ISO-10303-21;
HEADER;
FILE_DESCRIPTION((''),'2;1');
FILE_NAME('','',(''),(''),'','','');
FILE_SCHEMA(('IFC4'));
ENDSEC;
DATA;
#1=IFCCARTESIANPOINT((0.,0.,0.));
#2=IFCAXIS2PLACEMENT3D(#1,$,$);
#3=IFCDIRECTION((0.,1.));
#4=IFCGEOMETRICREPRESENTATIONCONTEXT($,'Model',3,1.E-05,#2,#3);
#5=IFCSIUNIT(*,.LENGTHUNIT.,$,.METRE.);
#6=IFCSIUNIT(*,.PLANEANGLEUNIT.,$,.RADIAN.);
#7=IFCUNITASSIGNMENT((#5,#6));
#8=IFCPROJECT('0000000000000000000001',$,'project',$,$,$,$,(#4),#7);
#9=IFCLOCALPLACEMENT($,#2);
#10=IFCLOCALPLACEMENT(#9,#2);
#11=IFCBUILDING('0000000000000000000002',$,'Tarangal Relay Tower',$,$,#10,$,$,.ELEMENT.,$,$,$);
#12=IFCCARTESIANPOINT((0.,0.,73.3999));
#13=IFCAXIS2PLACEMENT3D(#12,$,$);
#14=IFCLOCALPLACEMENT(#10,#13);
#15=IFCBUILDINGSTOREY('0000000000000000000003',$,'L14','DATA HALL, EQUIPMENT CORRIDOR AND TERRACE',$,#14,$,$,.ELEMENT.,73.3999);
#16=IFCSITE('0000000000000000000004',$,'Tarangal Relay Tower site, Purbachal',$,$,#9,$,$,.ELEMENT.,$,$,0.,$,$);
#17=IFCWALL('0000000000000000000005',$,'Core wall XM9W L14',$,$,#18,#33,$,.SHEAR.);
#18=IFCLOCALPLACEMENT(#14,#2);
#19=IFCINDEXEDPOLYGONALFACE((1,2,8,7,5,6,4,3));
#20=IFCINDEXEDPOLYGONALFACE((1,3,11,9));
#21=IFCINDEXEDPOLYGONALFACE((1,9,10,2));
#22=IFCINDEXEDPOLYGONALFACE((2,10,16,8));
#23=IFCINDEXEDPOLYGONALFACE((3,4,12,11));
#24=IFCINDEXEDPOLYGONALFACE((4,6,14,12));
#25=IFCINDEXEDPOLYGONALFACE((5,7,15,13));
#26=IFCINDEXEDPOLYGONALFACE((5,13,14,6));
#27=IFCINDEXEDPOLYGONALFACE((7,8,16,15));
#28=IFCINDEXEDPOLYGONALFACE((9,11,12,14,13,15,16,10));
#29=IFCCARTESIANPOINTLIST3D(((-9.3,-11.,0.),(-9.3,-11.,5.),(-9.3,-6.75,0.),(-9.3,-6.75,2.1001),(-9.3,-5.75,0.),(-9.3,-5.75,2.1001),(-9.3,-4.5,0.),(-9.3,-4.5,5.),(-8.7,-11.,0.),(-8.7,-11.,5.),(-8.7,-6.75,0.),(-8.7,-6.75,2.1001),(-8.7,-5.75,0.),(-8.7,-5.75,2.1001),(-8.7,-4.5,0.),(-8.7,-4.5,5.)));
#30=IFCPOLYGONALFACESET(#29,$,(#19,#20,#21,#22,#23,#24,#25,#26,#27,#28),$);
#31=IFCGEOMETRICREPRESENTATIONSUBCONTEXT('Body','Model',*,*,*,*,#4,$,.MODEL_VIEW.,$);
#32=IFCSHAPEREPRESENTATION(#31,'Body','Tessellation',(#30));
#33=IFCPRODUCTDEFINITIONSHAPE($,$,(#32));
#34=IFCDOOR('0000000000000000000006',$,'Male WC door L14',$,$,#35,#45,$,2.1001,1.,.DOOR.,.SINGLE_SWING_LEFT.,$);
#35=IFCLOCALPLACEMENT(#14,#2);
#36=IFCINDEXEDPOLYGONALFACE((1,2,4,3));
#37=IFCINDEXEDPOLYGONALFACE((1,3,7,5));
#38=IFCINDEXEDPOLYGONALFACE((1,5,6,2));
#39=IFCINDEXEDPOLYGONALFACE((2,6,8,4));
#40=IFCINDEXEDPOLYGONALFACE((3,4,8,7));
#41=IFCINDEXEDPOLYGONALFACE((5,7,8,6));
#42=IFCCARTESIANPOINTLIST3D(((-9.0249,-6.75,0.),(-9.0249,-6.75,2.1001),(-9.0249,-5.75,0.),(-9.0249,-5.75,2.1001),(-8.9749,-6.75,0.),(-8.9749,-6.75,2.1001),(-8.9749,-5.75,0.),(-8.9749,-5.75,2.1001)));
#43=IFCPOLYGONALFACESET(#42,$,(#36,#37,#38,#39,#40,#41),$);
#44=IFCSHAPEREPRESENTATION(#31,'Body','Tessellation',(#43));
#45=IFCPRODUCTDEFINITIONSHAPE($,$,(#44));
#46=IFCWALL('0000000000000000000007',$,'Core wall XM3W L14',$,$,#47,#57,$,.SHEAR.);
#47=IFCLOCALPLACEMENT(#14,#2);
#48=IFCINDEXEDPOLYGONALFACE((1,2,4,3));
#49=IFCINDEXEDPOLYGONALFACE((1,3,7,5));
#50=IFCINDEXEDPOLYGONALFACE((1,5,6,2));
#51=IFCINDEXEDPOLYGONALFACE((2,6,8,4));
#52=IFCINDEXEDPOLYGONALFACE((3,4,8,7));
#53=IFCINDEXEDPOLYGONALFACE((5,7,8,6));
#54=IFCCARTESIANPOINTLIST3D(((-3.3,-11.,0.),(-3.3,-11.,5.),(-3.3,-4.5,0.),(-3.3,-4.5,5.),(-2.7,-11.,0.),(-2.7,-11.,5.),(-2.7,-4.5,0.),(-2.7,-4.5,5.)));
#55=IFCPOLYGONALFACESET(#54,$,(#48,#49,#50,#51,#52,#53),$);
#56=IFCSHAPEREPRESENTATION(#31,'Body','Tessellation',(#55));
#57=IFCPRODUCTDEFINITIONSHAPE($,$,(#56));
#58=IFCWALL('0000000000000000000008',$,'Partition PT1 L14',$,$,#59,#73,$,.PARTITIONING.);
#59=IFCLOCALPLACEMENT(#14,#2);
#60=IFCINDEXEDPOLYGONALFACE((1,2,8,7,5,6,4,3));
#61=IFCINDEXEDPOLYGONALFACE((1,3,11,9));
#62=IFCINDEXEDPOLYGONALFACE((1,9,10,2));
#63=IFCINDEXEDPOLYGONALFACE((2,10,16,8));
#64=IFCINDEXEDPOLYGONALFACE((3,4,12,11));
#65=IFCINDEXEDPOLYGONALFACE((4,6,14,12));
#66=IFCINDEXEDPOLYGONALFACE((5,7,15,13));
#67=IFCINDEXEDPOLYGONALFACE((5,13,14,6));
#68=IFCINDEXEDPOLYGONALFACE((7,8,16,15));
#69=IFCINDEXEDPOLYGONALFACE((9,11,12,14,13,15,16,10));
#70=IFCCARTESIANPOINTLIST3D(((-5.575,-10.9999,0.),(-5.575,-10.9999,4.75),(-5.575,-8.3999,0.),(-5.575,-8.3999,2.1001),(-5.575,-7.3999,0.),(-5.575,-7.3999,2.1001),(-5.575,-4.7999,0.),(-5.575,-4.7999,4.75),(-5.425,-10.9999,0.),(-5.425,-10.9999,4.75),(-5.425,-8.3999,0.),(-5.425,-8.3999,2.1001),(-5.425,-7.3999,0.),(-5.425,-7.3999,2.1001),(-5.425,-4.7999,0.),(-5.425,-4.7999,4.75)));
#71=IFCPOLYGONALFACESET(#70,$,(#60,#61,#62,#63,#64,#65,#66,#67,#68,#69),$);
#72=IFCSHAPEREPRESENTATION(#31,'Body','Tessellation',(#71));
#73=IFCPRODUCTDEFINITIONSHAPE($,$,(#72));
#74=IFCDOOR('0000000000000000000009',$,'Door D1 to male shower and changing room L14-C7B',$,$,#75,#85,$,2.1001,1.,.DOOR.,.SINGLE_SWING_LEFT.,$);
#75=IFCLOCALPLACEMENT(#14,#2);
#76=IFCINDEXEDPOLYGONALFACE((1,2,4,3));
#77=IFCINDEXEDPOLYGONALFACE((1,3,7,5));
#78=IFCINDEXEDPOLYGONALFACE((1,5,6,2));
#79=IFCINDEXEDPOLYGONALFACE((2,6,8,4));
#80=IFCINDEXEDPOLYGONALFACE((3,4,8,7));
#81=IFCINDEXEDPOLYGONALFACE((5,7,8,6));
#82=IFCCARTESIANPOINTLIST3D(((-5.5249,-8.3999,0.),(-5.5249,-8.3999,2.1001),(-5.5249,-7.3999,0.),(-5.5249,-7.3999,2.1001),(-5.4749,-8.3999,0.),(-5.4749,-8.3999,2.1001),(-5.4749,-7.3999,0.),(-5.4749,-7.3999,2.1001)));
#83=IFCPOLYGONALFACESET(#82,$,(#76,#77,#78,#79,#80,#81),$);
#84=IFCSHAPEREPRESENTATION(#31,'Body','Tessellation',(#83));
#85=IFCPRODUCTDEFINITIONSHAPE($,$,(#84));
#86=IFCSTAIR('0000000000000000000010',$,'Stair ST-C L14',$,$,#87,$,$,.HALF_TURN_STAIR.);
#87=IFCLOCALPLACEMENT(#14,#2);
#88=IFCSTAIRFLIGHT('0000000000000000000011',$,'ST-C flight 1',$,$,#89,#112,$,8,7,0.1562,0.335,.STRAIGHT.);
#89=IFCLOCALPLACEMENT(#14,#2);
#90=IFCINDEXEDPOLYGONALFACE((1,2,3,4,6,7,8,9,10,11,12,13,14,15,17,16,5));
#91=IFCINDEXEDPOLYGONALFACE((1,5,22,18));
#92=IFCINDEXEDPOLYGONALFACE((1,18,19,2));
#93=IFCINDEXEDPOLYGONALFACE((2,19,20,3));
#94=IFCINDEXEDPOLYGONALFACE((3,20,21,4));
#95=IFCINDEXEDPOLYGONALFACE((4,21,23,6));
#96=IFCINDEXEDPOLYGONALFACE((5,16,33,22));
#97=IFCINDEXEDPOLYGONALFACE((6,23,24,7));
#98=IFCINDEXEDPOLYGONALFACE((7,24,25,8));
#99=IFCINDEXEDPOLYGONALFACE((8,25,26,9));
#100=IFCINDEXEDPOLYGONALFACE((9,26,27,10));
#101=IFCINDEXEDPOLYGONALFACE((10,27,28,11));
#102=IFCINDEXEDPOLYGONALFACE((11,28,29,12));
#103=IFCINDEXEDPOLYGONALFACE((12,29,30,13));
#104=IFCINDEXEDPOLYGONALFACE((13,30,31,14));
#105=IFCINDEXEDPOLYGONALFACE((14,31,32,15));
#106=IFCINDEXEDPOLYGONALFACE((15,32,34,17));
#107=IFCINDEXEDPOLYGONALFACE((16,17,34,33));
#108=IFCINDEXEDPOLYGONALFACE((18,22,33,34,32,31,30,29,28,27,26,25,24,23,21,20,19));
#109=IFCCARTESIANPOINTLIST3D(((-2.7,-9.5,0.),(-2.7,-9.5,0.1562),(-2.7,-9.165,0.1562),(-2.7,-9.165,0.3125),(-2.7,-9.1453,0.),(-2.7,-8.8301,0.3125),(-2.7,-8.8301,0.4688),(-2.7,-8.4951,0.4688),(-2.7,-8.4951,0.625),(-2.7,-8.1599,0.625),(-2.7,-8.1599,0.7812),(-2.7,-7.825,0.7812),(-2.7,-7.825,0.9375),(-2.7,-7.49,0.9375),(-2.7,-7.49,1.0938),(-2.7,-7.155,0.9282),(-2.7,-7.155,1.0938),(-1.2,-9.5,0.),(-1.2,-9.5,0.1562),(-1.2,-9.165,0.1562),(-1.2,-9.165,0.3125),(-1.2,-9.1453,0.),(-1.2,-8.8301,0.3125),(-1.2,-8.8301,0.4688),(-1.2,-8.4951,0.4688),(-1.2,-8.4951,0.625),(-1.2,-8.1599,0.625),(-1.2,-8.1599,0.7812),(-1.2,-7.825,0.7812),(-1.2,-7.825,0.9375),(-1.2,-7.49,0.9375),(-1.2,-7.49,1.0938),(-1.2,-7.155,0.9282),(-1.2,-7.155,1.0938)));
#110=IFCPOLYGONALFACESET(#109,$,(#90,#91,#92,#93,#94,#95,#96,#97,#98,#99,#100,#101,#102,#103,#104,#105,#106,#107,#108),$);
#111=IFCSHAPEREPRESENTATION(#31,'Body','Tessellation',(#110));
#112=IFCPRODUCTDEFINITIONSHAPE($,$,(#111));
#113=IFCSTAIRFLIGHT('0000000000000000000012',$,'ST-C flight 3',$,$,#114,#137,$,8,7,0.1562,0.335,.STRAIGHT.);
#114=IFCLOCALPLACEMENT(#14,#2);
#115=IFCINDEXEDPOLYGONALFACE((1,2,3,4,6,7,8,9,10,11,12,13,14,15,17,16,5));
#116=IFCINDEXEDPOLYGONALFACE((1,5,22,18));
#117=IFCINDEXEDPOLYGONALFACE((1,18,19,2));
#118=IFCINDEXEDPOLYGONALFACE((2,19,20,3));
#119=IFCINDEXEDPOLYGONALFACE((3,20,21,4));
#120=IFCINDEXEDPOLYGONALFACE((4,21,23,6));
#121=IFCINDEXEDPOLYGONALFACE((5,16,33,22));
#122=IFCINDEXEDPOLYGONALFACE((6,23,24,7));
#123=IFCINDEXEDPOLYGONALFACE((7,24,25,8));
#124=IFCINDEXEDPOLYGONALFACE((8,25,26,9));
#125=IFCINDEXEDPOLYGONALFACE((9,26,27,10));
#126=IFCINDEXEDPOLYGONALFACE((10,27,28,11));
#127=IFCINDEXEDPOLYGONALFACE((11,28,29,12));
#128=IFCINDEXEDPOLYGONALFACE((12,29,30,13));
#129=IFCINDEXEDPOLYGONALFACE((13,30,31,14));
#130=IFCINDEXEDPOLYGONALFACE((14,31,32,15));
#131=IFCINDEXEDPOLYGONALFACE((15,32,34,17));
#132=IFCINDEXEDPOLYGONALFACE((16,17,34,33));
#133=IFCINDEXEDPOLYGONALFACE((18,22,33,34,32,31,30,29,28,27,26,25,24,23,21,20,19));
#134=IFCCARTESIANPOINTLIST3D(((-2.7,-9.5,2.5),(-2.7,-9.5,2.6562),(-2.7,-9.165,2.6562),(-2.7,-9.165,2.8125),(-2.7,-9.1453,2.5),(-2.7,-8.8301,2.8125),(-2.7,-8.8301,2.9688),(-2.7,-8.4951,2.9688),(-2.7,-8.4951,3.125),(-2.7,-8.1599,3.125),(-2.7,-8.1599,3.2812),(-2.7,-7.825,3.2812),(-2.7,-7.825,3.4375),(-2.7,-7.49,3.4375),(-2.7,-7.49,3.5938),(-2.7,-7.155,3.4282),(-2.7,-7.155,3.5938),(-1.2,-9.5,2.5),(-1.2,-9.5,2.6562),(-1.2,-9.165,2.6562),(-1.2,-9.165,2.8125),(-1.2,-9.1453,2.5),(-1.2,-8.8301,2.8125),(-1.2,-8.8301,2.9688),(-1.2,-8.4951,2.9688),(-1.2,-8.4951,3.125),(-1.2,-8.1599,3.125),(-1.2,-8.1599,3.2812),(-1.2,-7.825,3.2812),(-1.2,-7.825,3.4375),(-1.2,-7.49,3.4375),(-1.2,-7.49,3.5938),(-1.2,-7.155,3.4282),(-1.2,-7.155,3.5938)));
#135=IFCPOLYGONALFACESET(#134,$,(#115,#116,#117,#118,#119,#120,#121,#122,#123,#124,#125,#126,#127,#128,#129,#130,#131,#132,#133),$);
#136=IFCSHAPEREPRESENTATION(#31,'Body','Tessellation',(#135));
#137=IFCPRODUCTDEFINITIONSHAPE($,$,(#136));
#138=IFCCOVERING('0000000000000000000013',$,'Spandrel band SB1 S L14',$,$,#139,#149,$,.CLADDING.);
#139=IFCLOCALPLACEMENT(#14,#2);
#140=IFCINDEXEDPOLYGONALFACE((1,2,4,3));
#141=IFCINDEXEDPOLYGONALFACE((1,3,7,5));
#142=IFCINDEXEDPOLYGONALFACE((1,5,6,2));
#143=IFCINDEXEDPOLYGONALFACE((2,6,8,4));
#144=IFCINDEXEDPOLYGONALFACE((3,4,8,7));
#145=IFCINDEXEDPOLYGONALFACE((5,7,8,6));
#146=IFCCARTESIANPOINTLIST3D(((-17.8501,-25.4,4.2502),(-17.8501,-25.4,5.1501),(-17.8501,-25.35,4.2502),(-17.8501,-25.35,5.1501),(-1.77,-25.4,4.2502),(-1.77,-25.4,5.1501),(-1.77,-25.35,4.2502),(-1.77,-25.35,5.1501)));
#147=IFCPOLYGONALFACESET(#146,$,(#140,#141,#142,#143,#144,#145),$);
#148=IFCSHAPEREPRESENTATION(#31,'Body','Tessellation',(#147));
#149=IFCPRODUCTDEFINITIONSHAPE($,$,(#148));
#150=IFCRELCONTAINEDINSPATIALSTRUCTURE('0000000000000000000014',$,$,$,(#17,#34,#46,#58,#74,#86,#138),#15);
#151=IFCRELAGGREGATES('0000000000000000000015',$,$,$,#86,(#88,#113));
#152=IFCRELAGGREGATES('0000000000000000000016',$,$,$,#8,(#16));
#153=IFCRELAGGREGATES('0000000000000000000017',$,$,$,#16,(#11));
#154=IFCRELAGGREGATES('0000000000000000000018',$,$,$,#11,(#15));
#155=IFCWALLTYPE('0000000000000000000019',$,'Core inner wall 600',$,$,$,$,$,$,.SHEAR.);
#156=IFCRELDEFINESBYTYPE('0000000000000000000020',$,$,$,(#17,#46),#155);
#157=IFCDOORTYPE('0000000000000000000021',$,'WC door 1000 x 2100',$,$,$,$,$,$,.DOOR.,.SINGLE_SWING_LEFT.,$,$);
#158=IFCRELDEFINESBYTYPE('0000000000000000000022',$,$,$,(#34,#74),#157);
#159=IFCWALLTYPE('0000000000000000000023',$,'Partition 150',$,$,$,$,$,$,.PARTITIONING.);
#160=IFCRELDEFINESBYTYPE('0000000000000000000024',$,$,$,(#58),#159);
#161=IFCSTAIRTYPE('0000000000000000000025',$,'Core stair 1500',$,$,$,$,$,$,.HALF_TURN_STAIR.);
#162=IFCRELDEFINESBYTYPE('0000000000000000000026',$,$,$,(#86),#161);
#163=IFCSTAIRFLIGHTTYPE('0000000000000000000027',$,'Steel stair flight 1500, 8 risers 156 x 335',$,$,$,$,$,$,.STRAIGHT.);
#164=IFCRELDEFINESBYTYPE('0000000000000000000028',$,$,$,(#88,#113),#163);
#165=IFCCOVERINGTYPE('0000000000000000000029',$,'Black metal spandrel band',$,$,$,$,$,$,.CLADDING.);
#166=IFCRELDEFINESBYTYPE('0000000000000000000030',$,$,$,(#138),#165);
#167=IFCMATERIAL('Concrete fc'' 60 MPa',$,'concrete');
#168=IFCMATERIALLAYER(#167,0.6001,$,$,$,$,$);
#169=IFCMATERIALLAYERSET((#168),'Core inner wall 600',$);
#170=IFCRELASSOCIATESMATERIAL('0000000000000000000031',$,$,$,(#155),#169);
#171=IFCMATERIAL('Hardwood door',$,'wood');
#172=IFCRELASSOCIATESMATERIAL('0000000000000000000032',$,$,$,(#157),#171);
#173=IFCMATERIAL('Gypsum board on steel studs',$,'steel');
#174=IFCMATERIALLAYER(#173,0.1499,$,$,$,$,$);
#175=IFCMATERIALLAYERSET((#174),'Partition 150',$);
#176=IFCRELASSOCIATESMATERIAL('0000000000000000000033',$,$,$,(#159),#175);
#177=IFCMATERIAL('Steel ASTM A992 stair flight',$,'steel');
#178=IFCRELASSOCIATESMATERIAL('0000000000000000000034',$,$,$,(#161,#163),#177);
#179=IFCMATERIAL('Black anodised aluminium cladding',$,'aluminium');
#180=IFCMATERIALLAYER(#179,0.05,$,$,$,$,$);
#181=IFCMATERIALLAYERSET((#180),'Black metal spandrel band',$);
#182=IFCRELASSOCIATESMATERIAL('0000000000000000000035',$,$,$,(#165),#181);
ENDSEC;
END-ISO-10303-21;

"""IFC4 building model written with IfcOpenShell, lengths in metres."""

from ifc_helpers import new_model, si_unit, direction, frame, frame_2d, origin, origin_2d, place, context, subcontext, project, spatial, polyline, rectangle, outline, extrude, material, layer, layer_set, type_object, element, fill, aggregate, save


model = new_model("IFC4")

# Units and contexts
model_context = context("Model", 3, precision=1e-05, world=origin(), true_north=direction((0.0, 1.0)))
body_context = subcontext(model_context, "Body", "Model", "MODEL_VIEW")
ifc_project = project(units=[si_unit("LENGTHUNIT", "METRE"), si_unit("PLANEANGLEUNIT", "RADIAN")], contexts=[model_context])

# Site, building, storey
site_placement = place(None, origin())
site = spatial("IfcSite", under=ifc_project, at=site_placement, Name="Tarangal Relay Tower site, Purbachal", CompositionType="ELEMENT", RefElevation=0.0)
building_placement = place(site_placement, origin())
building = spatial("IfcBuilding", under=site, at=building_placement, Name="Tarangal Relay Tower", CompositionType="ELEMENT")
storey_placement = place(building_placement, frame((0.0, 0.0, 73.3999)))
storey = spatial("IfcBuildingStorey", under=building, at=storey_placement, Name="L14", Description="DATA HALL, EQUIPMENT CORRIDOR AND TERRACE", CompositionType="ELEMENT", Elevation=73.3999)

# Shared definitions
ifc_material_1 = material(Name="Concrete fc' 60 MPa", Category="concrete")
ifc_layer_1 = layer(ifc_material_1, 0.6001)
ifc_layer_set_1 = layer_set([ifc_layer_1], Name="Core inner wall 600")
wall_type_1 = type_object("IfcWallType", Name="Core inner wall 600", PredefinedType="SHEAR", material=ifc_layer_set_1)

# Shared definitions
ifc_material_2 = material(Name="Hardwood door", Category="wood")
door_type = type_object("IfcDoorType", Name="WC door 1000 x 2100", OperationType="SINGLE_SWING_LEFT", PredefinedType="DOOR", material=ifc_material_2)

# Wall, opening, door
wall_1_placement = place(storey_placement, frame((-9.0, -11.0, 0.0), z_axis=(0.0, 0.0, 1.0), x_axis=(0.0, 1.0, 0.0)))
wall_1 = element("IfcWall", 1, at=wall_1_placement, inside=storey, type_object=wall_type_1, Name="Core wall XM9W L14", PredefinedType="SHEAR", context=body_context, shape_type="SweptSolid", body=[
    extrude(rectangle(XDim=6.5, YDim=0.6001, at=frame_2d((3.25, 0.0))), origin(), (0.0, 0.0, 1.0), 5.0),
])
opening_1_placement = place(wall_1_placement, frame((4.25, 0.0, 0.0)))
opening_1 = element("IfcOpeningElement", 2, at=opening_1_placement, cuts=wall_1, PredefinedType="OPENING", context=body_context, shape_type="SweptSolid", body=[
    extrude(rectangle(XDim=1.0, YDim=2.1001, at=frame_2d((0.5, 1.05))), frame((0.0, 0.3101, 0.0), z_axis=(0.0, -1.0, 0.0), x_axis=(1.0, 0.0, 0.0)), (0.0, 0.0, 1.0), 0.6201),
])
door_1_placement = place(opening_1_placement, origin())
door_1 = element("IfcDoor", 3, at=door_1_placement, inside=storey, type_object=door_type, Name="Male WC door L14", OperationType="SINGLE_SWING_LEFT", OverallHeight=2.1001, OverallWidth=1.0, PredefinedType="DOOR", context=body_context, shape_type="SweptSolid", body=[
    extrude(rectangle(XDim=1.0, YDim=2.1001, at=frame_2d((0.5, 1.05))), frame((0.0, 0.0249, 0.0), z_axis=(0.0, -1.0, 0.0), x_axis=(1.0, 0.0, 0.0)), (0.0, 0.0, 1.0), 0.05),
])
fill(opening_1, door_1)

# Wall
wall_2_placement = place(storey_placement, frame((-3.0, -11.0, 0.0), z_axis=(0.0, 0.0, 1.0), x_axis=(0.0, 1.0, 0.0)))
element("IfcWall", 4, at=wall_2_placement, inside=storey, type_object=wall_type_1, Name="Core wall XM3W L14", PredefinedType="SHEAR", context=body_context, shape_type="SweptSolid", body=[
    extrude(rectangle(XDim=6.5, YDim=0.6001, at=frame_2d((3.25, 0.0))), origin(), (0.0, 0.0, 1.0), 5.0),
])

# Wall, opening, door
ifc_material_3 = material(Name="Gypsum board on steel studs", Category="steel")
ifc_layer_2 = layer(ifc_material_3, 0.1499)
ifc_layer_set_2 = layer_set([ifc_layer_2], Name="Partition 150")
wall_type_2 = type_object("IfcWallType", Name="Partition 150", PredefinedType="PARTITIONING", material=ifc_layer_set_2)
wall_3_placement = place(storey_placement, frame((-5.5, -11.0, 0.0), z_axis=(0.0, 0.0, 1.0), x_axis=(0.0, 1.0, 0.0)))
wall_3 = element("IfcWall", 5, at=wall_3_placement, inside=storey, type_object=wall_type_2, Name="Partition PT1 L14", PredefinedType="PARTITIONING", context=body_context, shape_type="SweptSolid", body=[
    extrude(rectangle(XDim=6.2, YDim=0.1499, at=frame_2d((3.1001, 0.0))), origin(), (0.0, 0.0, 1.0), 4.75),
])
opening_2_placement = place(wall_3_placement, frame((2.6001, 0.0, 0.0)))
opening_2 = element("IfcOpeningElement", 6, at=opening_2_placement, cuts=wall_3, PredefinedType="OPENING", context=body_context, shape_type="SweptSolid", body=[
    extrude(rectangle(XDim=1.0, YDim=2.1001, at=frame_2d((0.5, 1.05))), frame((0.0, 0.085, 0.0), z_axis=(0.0, -1.0, 0.0), x_axis=(1.0, 0.0, 0.0)), (0.0, 0.0, 1.0), 0.1699),
])
door_2_placement = place(opening_2_placement, origin())
door_2 = element("IfcDoor", 7, at=door_2_placement, inside=storey, type_object=door_type, Name="Door D1 to male shower and changing room L14-C7B", OperationType="SINGLE_SWING_LEFT", OverallHeight=2.1001, OverallWidth=1.0, PredefinedType="DOOR", context=body_context, shape_type="SweptSolid", body=[
    extrude(rectangle(XDim=1.0, YDim=2.1001, at=frame_2d((0.5, 1.05))), frame((0.0, 0.0249, 0.0), z_axis=(0.0, -1.0, 0.0), x_axis=(1.0, 0.0, 0.0)), (0.0, 0.0, 1.0), 0.05),
])
fill(opening_2, door_2)

# Stair, stair flights
ifc_material_4 = material(Name="Steel ASTM A992 stair flight", Category="steel")
stair_type = type_object("IfcStairType", Name="Core stair 1500", PredefinedType="HALF_TURN_STAIR", material=ifc_material_4)
stair_placement = place(storey_placement, origin())
stair = element("IfcStair", 8, at=stair_placement, inside=storey, type_object=stair_type, Name="Stair ST-C L14", PredefinedType="HALF_TURN_STAIR")
stair_flight_type = type_object("IfcStairFlightType", Name="Steel stair flight 1500, 8 risers 156 x 335", PredefinedType="STRAIGHT", material=ifc_material_4)
stair_flight_1_placement = place(storey_placement, frame((-1.95, -9.5, 0.0), z_axis=(0.0, 0.0, 1.0), x_axis=(0.0, 1.0, 0.0)))
stair_flight_1 = element("IfcStairFlight", 9, at=stair_flight_1_placement, type_object=stair_flight_type, Name="ST-C flight 1", NumberOfRisers=8, NumberOfTreads=7, PredefinedType="STRAIGHT", RiserHeight=0.1562, TreadLength=0.335, context=body_context, shape_type="SweptSolid", body=[
    extrude(outline(polyline([(0.0, 0.0), (0.0, 0.1562), (0.335, 0.1562), (0.335, 0.3125), (0.6699, 0.3125), (0.6699, 0.4688), (1.0049, 0.4688), (1.0049, 0.625), (1.3401, 0.625), (1.3401, 0.7812), (1.675, 0.7812), (1.675, 0.9375), (2.01, 0.9375), (2.01, 1.0938), (2.345, 1.0938), (2.345, 1.25), (2.345, 0.9282), (0.3547, 0.0), (0.0, 0.0)])), frame((0.0, 0.75, 0.0), z_axis=(0.0, -1.0, 0.0), x_axis=(1.0, 0.0, 0.0)), (0.0, 0.0, 1.0), 1.5),
])
stair_flight_2_placement = place(storey_placement, frame((-1.95, -9.5, 2.5), z_axis=(0.0, 0.0, 1.0), x_axis=(0.0, 1.0, 0.0)))
stair_flight_2 = element("IfcStairFlight", 10, at=stair_flight_2_placement, type_object=stair_flight_type, Name="ST-C flight 3", NumberOfRisers=8, NumberOfTreads=7, PredefinedType="STRAIGHT", RiserHeight=0.1562, TreadLength=0.335, context=body_context, shape_type="SweptSolid", body=[
    extrude(outline(polyline([(0.0, 0.0), (0.0, 0.1562), (0.335, 0.1562), (0.335, 0.3125), (0.6699, 0.3125), (0.6699, 0.4688), (1.0049, 0.4688), (1.0049, 0.625), (1.3401, 0.625), (1.3401, 0.7812), (1.675, 0.7812), (1.675, 0.9375), (2.01, 0.9375), (2.01, 1.0938), (2.345, 1.0938), (2.345, 1.25), (2.345, 0.9282), (0.3547, 0.0), (0.0, 0.0)])), frame((0.0, 0.75, 0.0), z_axis=(0.0, -1.0, 0.0), x_axis=(1.0, 0.0, 0.0)), (0.0, 0.0, 1.0), 1.5),
])
aggregate(stair, [stair_flight_1, stair_flight_2])

# Covering
ifc_material_5 = material(Name="Black anodised aluminium cladding", Category="aluminium")
ifc_layer_3 = layer(ifc_material_5, 0.05)
ifc_layer_set_3 = layer_set([ifc_layer_3], Name="Black metal spandrel band")
covering_type = type_object("IfcCoveringType", Name="Black metal spandrel band", PredefinedType="CLADDING", material=ifc_layer_set_3)
covering_placement = place(storey_placement, frame((-9.8101, -25.375, 4.2502), z_axis=(0.0, 0.0, 1.0), x_axis=(-1.0, 0.0, 0.0)))
element("IfcCovering", 11, at=covering_placement, inside=storey, type_object=covering_type, Name="Spandrel band SB1 S L14", PredefinedType="CLADDING", context=body_context, shape_type="SweptSolid", body=[
    extrude(rectangle(XDim=16.0801, YDim=0.05, at=origin_2d()), origin(), (0.0, 0.0, 1.0), 0.8999),
])

save(model, "model.ifc")
